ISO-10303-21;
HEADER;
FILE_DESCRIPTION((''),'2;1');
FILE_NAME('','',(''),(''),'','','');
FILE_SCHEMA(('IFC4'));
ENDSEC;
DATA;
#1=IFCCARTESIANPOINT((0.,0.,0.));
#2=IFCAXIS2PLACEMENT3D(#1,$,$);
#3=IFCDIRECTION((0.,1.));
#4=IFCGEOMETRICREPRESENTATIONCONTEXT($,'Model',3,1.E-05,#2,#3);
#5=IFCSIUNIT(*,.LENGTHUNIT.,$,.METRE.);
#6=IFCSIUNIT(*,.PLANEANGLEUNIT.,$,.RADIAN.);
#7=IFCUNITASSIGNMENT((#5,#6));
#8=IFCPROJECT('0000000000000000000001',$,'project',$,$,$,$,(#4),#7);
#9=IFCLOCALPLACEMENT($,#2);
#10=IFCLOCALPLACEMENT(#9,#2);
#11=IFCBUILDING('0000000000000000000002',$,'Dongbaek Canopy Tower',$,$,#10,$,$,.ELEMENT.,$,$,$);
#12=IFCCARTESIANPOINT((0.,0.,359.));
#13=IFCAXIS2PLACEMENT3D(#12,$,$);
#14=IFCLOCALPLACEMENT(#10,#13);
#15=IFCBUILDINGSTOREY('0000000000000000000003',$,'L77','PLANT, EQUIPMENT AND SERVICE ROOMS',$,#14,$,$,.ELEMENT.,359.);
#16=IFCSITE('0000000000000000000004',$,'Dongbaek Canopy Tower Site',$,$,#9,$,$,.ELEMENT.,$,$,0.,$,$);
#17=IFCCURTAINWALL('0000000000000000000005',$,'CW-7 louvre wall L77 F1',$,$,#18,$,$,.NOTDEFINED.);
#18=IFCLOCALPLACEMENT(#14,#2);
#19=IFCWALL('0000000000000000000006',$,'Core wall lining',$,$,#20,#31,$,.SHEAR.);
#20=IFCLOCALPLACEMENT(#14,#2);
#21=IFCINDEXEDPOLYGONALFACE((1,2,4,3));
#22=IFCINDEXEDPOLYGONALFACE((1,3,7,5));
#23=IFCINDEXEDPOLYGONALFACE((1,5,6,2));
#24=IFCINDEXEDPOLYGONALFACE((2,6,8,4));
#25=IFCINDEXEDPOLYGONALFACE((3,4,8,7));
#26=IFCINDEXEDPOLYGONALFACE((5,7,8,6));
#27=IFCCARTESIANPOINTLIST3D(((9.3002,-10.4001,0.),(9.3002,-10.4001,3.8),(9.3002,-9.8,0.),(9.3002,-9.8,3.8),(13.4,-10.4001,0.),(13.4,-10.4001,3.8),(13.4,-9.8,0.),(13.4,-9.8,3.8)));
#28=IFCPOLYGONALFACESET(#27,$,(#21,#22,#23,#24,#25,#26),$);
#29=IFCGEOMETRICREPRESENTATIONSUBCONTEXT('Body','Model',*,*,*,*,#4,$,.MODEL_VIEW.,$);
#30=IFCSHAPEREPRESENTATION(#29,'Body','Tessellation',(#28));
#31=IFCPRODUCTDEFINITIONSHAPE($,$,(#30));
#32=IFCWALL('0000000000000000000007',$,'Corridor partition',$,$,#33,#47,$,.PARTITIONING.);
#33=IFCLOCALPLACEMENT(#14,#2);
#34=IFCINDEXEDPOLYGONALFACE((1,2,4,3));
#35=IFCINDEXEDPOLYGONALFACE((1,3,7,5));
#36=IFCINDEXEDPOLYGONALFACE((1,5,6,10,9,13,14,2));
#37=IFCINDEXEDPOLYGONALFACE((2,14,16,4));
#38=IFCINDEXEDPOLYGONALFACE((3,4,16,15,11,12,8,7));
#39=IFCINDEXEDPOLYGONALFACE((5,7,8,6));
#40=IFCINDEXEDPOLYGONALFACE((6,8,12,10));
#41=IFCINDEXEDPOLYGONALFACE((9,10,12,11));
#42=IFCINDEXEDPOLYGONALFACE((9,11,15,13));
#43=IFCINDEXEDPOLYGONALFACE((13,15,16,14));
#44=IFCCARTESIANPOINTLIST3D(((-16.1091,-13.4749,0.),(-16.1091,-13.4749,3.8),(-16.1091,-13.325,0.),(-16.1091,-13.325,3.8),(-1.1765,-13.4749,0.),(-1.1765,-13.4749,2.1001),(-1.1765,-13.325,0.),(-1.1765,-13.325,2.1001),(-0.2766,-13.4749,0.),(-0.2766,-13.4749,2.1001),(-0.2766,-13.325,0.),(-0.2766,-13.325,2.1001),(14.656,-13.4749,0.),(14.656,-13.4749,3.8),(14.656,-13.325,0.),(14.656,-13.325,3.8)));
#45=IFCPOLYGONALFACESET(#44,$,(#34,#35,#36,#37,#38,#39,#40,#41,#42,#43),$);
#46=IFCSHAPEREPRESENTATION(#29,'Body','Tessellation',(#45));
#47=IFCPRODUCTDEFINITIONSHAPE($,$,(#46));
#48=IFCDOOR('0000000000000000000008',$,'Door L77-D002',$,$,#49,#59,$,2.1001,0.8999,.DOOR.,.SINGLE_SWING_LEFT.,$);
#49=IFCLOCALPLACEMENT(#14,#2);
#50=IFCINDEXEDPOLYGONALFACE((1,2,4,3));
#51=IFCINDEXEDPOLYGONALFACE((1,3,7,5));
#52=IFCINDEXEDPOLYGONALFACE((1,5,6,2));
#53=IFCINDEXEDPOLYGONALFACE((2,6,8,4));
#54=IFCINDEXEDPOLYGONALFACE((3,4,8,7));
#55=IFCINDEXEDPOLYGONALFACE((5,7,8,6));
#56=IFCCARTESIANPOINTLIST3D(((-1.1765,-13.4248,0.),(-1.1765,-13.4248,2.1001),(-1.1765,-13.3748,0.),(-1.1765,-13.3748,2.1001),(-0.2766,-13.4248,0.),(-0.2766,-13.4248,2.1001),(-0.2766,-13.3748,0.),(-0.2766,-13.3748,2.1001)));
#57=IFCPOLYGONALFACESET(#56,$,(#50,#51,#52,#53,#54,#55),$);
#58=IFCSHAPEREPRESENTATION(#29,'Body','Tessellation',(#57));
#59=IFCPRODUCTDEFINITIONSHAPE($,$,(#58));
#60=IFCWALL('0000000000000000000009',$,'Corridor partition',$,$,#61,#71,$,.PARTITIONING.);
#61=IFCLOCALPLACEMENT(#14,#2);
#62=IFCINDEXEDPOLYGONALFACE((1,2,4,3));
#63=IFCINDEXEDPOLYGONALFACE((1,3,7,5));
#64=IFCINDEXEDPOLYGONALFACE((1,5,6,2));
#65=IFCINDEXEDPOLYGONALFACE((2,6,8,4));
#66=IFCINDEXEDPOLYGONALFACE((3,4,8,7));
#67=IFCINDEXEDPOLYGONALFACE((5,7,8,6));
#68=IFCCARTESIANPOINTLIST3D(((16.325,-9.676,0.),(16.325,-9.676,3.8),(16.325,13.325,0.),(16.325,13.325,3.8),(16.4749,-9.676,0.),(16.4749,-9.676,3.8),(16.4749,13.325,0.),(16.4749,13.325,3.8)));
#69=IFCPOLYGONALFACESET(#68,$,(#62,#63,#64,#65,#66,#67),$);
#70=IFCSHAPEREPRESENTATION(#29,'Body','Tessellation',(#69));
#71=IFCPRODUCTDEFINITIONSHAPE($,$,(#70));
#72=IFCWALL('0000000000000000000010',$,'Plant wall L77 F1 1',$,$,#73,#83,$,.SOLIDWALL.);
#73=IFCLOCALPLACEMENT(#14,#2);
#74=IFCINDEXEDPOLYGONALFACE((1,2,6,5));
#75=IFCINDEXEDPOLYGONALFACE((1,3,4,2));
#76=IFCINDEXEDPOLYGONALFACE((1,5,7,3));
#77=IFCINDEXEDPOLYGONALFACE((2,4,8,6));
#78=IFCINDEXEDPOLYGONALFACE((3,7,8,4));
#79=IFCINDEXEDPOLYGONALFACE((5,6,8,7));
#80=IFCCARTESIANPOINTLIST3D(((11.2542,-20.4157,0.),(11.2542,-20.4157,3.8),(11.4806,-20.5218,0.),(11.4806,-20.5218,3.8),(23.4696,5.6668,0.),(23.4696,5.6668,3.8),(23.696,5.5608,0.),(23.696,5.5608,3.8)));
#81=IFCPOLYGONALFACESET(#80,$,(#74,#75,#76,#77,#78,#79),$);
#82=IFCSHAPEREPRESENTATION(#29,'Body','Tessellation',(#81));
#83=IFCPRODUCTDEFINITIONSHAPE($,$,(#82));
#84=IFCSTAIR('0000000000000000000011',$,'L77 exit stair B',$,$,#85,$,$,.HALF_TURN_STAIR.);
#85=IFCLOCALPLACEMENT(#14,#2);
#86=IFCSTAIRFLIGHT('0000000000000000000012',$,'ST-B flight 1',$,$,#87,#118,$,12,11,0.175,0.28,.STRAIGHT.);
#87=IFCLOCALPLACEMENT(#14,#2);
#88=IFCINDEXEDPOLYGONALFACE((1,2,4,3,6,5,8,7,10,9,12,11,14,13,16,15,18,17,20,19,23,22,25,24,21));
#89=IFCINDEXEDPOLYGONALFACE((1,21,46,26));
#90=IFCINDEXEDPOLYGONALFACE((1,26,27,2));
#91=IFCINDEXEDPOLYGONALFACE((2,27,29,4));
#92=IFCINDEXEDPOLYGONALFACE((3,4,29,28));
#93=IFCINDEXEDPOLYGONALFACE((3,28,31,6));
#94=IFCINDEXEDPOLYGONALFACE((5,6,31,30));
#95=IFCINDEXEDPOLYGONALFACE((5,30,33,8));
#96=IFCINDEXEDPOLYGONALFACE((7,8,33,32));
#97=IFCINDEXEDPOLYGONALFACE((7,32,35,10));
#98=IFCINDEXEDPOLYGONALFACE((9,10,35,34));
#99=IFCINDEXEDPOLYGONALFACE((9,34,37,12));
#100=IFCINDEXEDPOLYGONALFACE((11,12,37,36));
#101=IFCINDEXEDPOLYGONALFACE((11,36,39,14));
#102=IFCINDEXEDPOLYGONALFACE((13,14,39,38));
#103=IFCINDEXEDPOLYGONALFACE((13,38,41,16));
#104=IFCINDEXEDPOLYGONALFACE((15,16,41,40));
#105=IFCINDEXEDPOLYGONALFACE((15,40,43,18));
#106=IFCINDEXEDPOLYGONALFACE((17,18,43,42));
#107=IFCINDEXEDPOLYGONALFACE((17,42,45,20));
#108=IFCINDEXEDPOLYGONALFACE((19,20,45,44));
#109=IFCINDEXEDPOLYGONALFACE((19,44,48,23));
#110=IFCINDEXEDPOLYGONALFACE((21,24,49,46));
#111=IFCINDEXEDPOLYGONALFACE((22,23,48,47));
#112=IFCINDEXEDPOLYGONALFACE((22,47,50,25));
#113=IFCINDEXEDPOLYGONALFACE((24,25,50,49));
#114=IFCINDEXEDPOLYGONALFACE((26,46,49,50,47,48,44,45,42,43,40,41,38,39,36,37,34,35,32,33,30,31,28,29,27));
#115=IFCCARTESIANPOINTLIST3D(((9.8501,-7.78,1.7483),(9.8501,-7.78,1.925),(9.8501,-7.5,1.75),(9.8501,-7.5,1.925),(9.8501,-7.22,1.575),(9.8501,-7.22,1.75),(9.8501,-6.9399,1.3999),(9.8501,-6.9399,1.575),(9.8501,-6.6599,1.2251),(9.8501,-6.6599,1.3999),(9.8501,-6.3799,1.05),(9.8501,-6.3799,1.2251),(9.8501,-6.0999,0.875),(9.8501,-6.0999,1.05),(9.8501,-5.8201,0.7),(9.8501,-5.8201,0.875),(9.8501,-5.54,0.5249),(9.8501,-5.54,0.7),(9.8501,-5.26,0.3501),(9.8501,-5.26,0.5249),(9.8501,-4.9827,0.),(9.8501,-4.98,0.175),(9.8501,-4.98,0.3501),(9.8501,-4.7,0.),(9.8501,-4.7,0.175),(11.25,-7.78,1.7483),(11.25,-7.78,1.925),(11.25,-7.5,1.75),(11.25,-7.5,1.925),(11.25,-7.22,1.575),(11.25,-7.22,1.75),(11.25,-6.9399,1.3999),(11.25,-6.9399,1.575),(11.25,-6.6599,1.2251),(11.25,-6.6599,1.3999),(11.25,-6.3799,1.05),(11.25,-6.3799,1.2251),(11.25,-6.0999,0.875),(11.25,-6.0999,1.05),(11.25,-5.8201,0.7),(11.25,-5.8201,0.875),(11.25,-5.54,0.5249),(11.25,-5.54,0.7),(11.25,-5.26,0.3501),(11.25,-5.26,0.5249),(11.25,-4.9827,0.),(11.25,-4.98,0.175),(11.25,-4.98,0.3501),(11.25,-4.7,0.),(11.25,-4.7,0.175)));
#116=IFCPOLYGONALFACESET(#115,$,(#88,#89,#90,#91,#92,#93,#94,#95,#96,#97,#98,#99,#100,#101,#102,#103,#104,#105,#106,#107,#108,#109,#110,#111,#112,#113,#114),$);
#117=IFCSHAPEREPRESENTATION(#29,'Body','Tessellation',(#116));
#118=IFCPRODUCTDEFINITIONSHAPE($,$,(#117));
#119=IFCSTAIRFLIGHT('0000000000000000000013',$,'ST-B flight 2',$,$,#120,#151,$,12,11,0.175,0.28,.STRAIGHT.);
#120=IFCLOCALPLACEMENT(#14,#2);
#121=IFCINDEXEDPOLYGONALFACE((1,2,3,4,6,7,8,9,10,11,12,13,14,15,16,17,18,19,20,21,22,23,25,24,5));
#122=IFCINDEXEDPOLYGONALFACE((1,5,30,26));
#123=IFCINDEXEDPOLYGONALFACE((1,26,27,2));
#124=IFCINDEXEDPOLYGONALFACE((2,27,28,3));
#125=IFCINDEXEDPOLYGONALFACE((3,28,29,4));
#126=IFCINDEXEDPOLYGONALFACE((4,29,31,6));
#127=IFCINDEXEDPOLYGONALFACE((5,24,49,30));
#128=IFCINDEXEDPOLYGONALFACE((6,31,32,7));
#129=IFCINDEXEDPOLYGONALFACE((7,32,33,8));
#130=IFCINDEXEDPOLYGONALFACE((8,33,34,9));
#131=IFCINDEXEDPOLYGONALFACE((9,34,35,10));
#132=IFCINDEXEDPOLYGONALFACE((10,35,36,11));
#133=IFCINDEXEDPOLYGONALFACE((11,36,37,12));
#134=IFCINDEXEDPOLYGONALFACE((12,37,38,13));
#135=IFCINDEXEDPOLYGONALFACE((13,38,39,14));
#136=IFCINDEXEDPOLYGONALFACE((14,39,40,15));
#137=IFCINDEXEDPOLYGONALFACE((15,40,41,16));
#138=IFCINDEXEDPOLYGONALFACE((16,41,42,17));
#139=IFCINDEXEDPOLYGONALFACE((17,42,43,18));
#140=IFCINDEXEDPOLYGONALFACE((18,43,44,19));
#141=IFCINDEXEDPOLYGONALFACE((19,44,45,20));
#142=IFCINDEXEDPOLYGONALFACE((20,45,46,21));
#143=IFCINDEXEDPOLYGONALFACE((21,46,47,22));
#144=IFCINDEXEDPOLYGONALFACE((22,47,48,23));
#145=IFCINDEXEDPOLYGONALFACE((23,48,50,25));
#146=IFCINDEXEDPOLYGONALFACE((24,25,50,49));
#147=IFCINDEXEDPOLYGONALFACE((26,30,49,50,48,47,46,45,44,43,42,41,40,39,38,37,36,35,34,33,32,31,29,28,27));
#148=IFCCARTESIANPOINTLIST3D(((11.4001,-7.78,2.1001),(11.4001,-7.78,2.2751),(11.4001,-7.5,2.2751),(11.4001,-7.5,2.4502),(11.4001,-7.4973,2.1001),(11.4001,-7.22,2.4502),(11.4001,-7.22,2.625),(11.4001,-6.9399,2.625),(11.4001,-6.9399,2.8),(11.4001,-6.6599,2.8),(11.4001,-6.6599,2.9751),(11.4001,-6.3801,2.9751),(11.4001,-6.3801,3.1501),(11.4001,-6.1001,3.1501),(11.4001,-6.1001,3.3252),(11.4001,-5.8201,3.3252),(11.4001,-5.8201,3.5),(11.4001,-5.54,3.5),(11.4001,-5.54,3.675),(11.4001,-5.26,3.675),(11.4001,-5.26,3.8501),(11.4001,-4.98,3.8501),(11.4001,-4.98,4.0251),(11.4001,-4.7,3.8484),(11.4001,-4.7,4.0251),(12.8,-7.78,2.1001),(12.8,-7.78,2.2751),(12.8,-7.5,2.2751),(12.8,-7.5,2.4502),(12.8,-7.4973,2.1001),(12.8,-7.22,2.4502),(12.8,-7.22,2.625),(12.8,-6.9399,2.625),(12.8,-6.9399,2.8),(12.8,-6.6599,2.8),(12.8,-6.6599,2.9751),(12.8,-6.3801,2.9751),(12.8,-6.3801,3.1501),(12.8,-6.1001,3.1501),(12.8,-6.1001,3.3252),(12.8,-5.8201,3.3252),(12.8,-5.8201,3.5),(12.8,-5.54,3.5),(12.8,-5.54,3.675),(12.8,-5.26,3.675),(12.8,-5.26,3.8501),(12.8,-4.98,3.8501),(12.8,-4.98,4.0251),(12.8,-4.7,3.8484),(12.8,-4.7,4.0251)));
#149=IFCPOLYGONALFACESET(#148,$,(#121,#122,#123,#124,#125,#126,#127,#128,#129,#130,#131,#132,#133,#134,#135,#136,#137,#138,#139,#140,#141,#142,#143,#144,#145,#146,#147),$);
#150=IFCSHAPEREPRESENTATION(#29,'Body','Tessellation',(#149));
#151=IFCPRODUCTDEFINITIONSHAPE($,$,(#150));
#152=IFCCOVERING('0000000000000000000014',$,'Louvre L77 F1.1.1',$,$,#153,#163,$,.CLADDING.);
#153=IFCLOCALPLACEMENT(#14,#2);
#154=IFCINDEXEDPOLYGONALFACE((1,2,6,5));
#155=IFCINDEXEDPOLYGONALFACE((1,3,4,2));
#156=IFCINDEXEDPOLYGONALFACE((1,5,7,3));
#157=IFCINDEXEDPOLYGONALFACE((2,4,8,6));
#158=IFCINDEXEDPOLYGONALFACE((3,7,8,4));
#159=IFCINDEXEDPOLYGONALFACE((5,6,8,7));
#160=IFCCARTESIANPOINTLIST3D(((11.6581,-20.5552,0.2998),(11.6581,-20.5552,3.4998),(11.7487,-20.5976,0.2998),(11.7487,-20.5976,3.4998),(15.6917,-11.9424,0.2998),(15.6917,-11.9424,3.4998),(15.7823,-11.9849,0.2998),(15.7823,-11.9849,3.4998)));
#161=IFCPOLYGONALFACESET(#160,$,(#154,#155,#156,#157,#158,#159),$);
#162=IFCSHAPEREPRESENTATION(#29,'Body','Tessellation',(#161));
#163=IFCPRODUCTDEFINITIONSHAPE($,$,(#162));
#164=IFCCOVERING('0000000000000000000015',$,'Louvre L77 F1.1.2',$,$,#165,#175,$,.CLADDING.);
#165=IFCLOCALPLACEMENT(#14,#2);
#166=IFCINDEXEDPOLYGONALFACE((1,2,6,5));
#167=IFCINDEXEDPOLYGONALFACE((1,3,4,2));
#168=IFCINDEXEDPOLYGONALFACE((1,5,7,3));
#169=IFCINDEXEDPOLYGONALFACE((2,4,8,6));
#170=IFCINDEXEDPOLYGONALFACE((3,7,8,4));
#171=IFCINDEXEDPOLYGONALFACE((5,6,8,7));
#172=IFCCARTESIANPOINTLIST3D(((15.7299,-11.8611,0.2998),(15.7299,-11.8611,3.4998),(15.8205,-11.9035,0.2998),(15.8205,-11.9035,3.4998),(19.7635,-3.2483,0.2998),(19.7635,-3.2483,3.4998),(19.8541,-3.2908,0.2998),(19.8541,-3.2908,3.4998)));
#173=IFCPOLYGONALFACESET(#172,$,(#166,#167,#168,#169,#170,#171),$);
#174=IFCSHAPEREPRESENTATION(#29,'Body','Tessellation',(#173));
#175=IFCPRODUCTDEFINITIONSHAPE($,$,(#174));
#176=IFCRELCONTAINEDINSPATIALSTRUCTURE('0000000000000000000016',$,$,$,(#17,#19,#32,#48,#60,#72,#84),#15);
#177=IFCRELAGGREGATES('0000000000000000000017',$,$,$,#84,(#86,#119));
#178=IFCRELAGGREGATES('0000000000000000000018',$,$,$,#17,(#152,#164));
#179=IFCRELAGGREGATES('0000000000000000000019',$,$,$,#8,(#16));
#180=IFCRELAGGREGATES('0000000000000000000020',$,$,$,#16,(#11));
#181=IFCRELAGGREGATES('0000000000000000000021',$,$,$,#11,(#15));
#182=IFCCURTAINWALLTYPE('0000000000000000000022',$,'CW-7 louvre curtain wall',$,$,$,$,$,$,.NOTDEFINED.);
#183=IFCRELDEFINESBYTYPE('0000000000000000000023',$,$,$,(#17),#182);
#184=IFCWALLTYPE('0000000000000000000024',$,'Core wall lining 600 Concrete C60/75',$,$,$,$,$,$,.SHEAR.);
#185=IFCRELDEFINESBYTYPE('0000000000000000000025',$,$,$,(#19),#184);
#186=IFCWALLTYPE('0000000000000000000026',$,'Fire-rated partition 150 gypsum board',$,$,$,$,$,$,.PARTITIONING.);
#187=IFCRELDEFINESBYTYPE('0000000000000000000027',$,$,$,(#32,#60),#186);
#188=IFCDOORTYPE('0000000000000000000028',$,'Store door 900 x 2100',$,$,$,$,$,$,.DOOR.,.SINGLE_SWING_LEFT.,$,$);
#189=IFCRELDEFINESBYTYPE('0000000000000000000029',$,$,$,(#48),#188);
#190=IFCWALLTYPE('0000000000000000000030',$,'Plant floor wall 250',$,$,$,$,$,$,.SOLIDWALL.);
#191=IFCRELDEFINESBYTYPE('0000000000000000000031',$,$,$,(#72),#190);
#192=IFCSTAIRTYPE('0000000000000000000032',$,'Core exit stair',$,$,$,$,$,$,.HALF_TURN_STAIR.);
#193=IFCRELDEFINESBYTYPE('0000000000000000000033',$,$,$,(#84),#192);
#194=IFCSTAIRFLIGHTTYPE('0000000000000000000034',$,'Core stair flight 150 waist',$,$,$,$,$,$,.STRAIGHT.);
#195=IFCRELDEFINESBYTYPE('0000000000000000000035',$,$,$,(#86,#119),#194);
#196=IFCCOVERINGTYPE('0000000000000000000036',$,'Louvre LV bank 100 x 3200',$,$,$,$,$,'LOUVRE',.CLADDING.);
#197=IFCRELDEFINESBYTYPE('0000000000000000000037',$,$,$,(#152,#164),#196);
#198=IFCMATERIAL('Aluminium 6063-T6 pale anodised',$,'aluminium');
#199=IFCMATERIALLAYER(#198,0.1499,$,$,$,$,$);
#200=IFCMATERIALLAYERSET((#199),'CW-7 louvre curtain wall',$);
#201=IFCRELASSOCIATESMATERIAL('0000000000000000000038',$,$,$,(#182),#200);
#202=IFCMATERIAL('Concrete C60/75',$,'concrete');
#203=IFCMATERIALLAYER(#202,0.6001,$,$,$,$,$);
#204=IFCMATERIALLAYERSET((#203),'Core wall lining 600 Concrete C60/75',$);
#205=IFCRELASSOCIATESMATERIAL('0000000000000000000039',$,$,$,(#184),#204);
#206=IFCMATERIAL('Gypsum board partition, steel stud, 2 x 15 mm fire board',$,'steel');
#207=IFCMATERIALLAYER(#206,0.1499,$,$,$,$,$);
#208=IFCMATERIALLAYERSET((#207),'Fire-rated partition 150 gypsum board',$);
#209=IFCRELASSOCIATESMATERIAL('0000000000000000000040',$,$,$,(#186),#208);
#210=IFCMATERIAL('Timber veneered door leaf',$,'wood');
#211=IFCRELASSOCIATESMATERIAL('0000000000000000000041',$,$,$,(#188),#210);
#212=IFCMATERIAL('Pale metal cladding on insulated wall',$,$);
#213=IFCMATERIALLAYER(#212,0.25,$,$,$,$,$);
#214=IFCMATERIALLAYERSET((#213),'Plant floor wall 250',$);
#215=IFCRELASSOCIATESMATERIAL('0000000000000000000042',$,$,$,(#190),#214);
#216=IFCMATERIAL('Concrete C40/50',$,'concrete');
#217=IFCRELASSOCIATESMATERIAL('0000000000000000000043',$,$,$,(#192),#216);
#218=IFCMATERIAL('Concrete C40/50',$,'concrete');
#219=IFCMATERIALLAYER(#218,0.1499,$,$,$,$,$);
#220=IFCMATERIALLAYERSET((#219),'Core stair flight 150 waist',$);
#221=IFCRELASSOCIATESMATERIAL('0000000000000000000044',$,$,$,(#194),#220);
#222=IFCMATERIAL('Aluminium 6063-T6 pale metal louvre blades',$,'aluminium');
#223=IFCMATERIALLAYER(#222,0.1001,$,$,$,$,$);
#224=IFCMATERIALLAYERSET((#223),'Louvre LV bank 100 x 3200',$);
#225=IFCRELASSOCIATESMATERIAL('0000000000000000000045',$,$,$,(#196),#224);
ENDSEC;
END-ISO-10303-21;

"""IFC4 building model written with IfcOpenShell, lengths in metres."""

from ifc_helpers import new_model, si_unit, direction, frame, frame_2d, origin, origin_2d, place, context, subcontext, project, spatial, polyline, rectangle, outline, extrude, material, layer, layer_set, type_object, element, fill, aggregate, save


model = new_model("IFC4")

# Units and contexts
model_context = context("Model", 3, precision=1e-05, world=origin(), true_north=direction((0.0, 1.0)))
body_context = subcontext(model_context, "Body", "Model", "MODEL_VIEW")
ifc_project = project(units=[si_unit("LENGTHUNIT", "METRE"), si_unit("PLANEANGLEUNIT", "RADIAN")], contexts=[model_context])

# Site, building, storey
site_placement = place(None, origin())
site = spatial("IfcSite", under=ifc_project, at=site_placement, Name="Dongbaek Canopy Tower Site", CompositionType="ELEMENT", RefElevation=0.0)
building_placement = place(site_placement, origin())
building = spatial("IfcBuilding", under=site, at=building_placement, Name="Dongbaek Canopy Tower", CompositionType="ELEMENT")
storey_placement = place(building_placement, frame((0.0, 0.0, 359.0)))
storey = spatial("IfcBuildingStorey", under=building, at=storey_placement, Name="L77", Description="PLANT, EQUIPMENT AND SERVICE ROOMS", CompositionType="ELEMENT", Elevation=359.0)

# Shared definitions
ifc_material_1 = material(Name="Aluminium 6063-T6 pale anodised", Category="aluminium")
ifc_layer_1 = layer(ifc_material_1, 0.1499)
ifc_layer_set_1 = layer_set([ifc_layer_1], Name="CW-7 louvre curtain wall")
curtain_wall_type = type_object("IfcCurtainWallType", Name="CW-7 louvre curtain wall", PredefinedType="NOTDEFINED", material=ifc_layer_set_1)

# Curtain wall
curtain_wall_1_placement = place(storey_placement, origin())
curtain_wall_1 = element("IfcCurtainWall", 1, at=curtain_wall_1_placement, inside=storey, type_object=curtain_wall_type, Name="CW-7 louvre wall L77 F1", PredefinedType="NOTDEFINED")

# Wall
ifc_material_2 = material(Name="Concrete C60/75", Category="concrete")
ifc_layer_2 = layer(ifc_material_2, 0.6001)
ifc_layer_set_2 = layer_set([ifc_layer_2], Name="Core wall lining 600 Concrete C60/75")
wall_type_1 = type_object("IfcWallType", Name="Core wall lining 600 Concrete C60/75", PredefinedType="SHEAR", material=ifc_layer_set_2)
wall_1_placement = place(storey_placement, frame((13.3999, -10.1001, 0.0), z_axis=(0.0, 0.0, 1.0), x_axis=(-1.0, 0.0, 0.0)))
element("IfcWall", 2, at=wall_1_placement, inside=storey, type_object=wall_type_1, Name="Core wall lining", PredefinedType="SHEAR", context=body_context, shape_type="SweptSolid", body=[
    extrude(rectangle(XDim=4.0999, YDim=0.6001, at=frame_2d((2.0498, 0.0))), origin(), (0.0, 0.0, 1.0), 3.8),
])

# Wall, opening, door
ifc_material_3 = material(Name="Gypsum board partition, steel stud, 2 x 15 mm fire board", Category="steel")
ifc_layer_3 = layer(ifc_material_3, 0.1499)
ifc_layer_set_3 = layer_set([ifc_layer_3], Name="Fire-rated partition 150 gypsum board")
wall_type_2 = type_object("IfcWallType", Name="Fire-rated partition 150 gypsum board", PredefinedType="PARTITIONING", material=ifc_layer_set_3)
wall_2_placement = place(storey_placement, frame((14.656, -13.3999, 0.0), z_axis=(0.0, 0.0, 1.0), x_axis=(-1.0, 0.0, 0.0)))
wall_2 = element("IfcWall", 3, at=wall_2_placement, inside=storey, type_object=wall_type_2, Name="Corridor partition", PredefinedType="PARTITIONING", context=body_context, shape_type="SweptSolid", body=[
    extrude(rectangle(XDim=30.7651, YDim=0.1499, at=frame_2d((15.3826, 0.0))), origin(), (0.0, 0.0, 1.0), 3.8),
])
opening_1_placement = place(wall_2_placement, frame((14.9326, 0.0, 0.0)))
opening_1 = element("IfcOpeningElement", 4, at=opening_1_placement, cuts=wall_2, PredefinedType="OPENING", context=body_context, shape_type="SweptSolid", body=[
    extrude(rectangle(XDim=0.8999, YDim=2.1001, at=frame_2d((0.45, 1.05))), frame((0.0, 0.085, 0.0), z_axis=(0.0, -1.0, 0.0), x_axis=(1.0, 0.0, 0.0)), (0.0, 0.0, 1.0), 0.1699),
])
ifc_material_4 = material(Name="Timber veneered door leaf", Category="wood")
door_type_1 = type_object("IfcDoorType", Name="Store door 900 x 2100", OperationType="SINGLE_SWING_LEFT", PredefinedType="DOOR", material=ifc_material_4)
door_1_placement = place(opening_1_placement, origin())
door_1 = element("IfcDoor", 5, at=door_1_placement, inside=storey, type_object=door_type_1, Name="Door L77-D002", OperationType="SINGLE_SWING_LEFT", OverallHeight=2.1001, OverallWidth=0.8999, PredefinedType="DOOR", context=body_context, shape_type="SweptSolid", body=[
    extrude(rectangle(XDim=0.8999, YDim=2.1001, at=frame_2d((0.45, 1.05))), frame((0.0, 0.0249, 0.0), z_axis=(0.0, -1.0, 0.0), x_axis=(1.0, 0.0, 0.0)), (0.0, 0.0, 1.0), 0.05),
])
fill(opening_1, door_1)

# Walls
wall_3_placement = place(storey_placement, frame((16.3999, -9.676, 0.0), z_axis=(0.0, 0.0, 1.0), x_axis=(0.0, 1.0, 0.0)))
element("IfcWall", 6, at=wall_3_placement, inside=storey, type_object=wall_type_2, Name="Corridor partition", PredefinedType="PARTITIONING", context=body_context, shape_type="SweptSolid", body=[
    extrude(rectangle(XDim=23.001, YDim=0.1499, at=frame_2d((11.5005, 0.0))), origin(), (0.0, 0.0, 1.0), 3.8),
])
ifc_material_5 = material(Name="Pale metal cladding on insulated wall")
ifc_layer_4 = layer(ifc_material_5, 0.25)
ifc_layer_set_4 = layer_set([ifc_layer_4], Name="Plant floor wall 250")
wall_type_3 = type_object("IfcWallType", Name="Plant floor wall 250", PredefinedType="SOLIDWALL", material=ifc_layer_set_4)
wall_4_placement = place(storey_placement, frame((11.3674, -20.4688, 0.0), z_axis=(0.0, 0.0, 1.0), x_axis=(0.424125, 0.905604, 0.0)))
element("IfcWall", 7, at=wall_4_placement, inside=storey, type_object=wall_type_3, Name="Plant wall L77 F1 1", PredefinedType="SOLIDWALL", context=body_context, shape_type="SweptSolid", body=[
    extrude(rectangle(XDim=28.8013, YDim=0.25, at=frame_2d((14.4006, 0.0))), origin(), (0.0, 0.0, 1.0), 3.8),
])

# Stair, stair flights
ifc_material_6 = material(Name="Concrete C40/50", Category="concrete")
stair_type = type_object("IfcStairType", Name="Core exit stair", PredefinedType="HALF_TURN_STAIR", material=ifc_material_6)
stair_placement = place(storey_placement, origin())
stair = element("IfcStair", 8, at=stair_placement, inside=storey, type_object=stair_type, Name="L77 exit stair B", PredefinedType="HALF_TURN_STAIR")
ifc_material_7 = material(Name="Concrete C40/50", Category="concrete")
ifc_layer_5 = layer(ifc_material_7, 0.1499)
ifc_layer_set_5 = layer_set([ifc_layer_5], Name="Core stair flight 150 waist")
stair_flight_type = type_object("IfcStairFlightType", Name="Core stair flight 150 waist", PredefinedType="STRAIGHT", material=ifc_layer_set_5)
stair_flight_1_placement = place(storey_placement, frame((10.55, -4.7, 0.0), z_axis=(0.0, 0.0, 1.0), x_axis=(0.0, -1.0, 0.0)))
stair_flight_1 = element("IfcStairFlight", 9, at=stair_flight_1_placement, type_object=stair_flight_type, Name="ST-B flight 1", NumberOfRisers=12, NumberOfTreads=11, PredefinedType="STRAIGHT", RiserHeight=0.175, TreadLength=0.28, context=body_context, shape_type="SweptSolid", body=[
    extrude(outline(polyline([(0.0, 0.0), (0.0, 0.175), (0.28, 0.175), (0.28, 0.3501), (0.5601, 0.3501), (0.5601, 0.5249), (0.8401, 0.5249), (0.8401, 0.7), (1.1201, 0.7), (1.1201, 0.875), (1.3999, 0.875), (1.3999, 1.05), (1.6799, 1.05), (1.6799, 1.2251), (1.96, 1.2251), (1.96, 1.3999), (2.24, 1.3999), (2.24, 1.575), (2.52, 1.575), (2.52, 1.75), (2.8, 1.75), (2.8, 1.925), (3.0801, 1.925), (3.0801, 2.1001), (3.0801, 1.7483), (0.2827, 0.0), (0.0, 0.0)])), frame((0.0, 0.7, 0.0), z_axis=(0.0, -1.0, 0.0), x_axis=(1.0, 0.0, 0.0)), (0.0, 0.0, 1.0), 1.3999),
])
stair_flight_2_placement = place(storey_placement, frame((12.1001, -7.78, 2.1001), z_axis=(0.0, 0.0, 1.0), x_axis=(0.0, 1.0, 0.0)))
stair_flight_2 = element("IfcStairFlight", 10, at=stair_flight_2_placement, type_object=stair_flight_type, Name="ST-B flight 2", NumberOfRisers=12, NumberOfTreads=11, PredefinedType="STRAIGHT", RiserHeight=0.175, TreadLength=0.28, context=body_context, shape_type="SweptSolid", body=[
    extrude(outline(polyline([(0.0, 0.0), (0.0, 0.175), (0.28, 0.175), (0.28, 0.3501), (0.5601, 0.3501), (0.5601, 0.5249), (0.8401, 0.5249), (0.8401, 0.7), (1.1201, 0.7), (1.1201, 0.875), (1.3999, 0.875), (1.3999, 1.05), (1.6799, 1.05), (1.6799, 1.2251), (1.96, 1.2251), (1.96, 1.3999), (2.24, 1.3999), (2.24, 1.575), (2.52, 1.575), (2.52, 1.75), (2.8, 1.75), (2.8, 1.925), (3.0801, 1.925), (3.0801, 2.1001), (3.0801, 1.7483), (0.2827, 0.0), (0.0, 0.0)])), frame((0.0, 0.7, 0.0), z_axis=(0.0, -1.0, 0.0), x_axis=(1.0, 0.0, 0.0)), (0.0, 0.0, 1.0), 1.3999),
])
aggregate(stair, [stair_flight_1, stair_flight_2])

# Coverings
ifc_material_8 = material(Name="Aluminium 6063-T6 pale metal louvre blades", Category="aluminium")
ifc_layer_6 = layer(ifc_material_8, 0.1001)
ifc_layer_set_6 = layer_set([ifc_layer_6], Name="Louvre LV bank 100 x 3200")
covering_type = type_object("IfcCoveringType", Name="Louvre LV bank 100 x 3200", ElementType="LOUVRE", PredefinedType="CLADDING", material=ifc_layer_set_6)
covering_1_placement = place(storey_placement, frame((13.7202, -16.27, 0.2998), z_axis=(0.0, 0.0, 1.0), x_axis=(0.424123, 0.905605, 0.0)))
covering_1 = element("IfcCovering", 11, at=covering_1_placement, type_object=covering_type, Name="Louvre L77 F1.1.1", PredefinedType="CLADDING", context=body_context, shape_type="SweptSolid", body=[
    extrude(rectangle(XDim=9.5105, YDim=0.1001, at=origin_2d()), origin(), (0.0, 0.0, 1.0), 3.2),
])
covering_2_placement = place(storey_placement, frame((17.792, -7.5759, 0.2998), z_axis=(0.0, 0.0, 1.0), x_axis=(0.424123, 0.905605, 0.0)))
covering_2 = element("IfcCovering", 12, at=covering_2_placement, type_object=covering_type, Name="Louvre L77 F1.1.2", PredefinedType="CLADDING", context=body_context, shape_type="SweptSolid", body=[
    extrude(rectangle(XDim=9.5105, YDim=0.1001, at=origin_2d()), origin(), (0.0, 0.0, 1.0), 3.2),
])

aggregate(curtain_wall_1, [covering_1, covering_2])

save(model, "model.ifc")
